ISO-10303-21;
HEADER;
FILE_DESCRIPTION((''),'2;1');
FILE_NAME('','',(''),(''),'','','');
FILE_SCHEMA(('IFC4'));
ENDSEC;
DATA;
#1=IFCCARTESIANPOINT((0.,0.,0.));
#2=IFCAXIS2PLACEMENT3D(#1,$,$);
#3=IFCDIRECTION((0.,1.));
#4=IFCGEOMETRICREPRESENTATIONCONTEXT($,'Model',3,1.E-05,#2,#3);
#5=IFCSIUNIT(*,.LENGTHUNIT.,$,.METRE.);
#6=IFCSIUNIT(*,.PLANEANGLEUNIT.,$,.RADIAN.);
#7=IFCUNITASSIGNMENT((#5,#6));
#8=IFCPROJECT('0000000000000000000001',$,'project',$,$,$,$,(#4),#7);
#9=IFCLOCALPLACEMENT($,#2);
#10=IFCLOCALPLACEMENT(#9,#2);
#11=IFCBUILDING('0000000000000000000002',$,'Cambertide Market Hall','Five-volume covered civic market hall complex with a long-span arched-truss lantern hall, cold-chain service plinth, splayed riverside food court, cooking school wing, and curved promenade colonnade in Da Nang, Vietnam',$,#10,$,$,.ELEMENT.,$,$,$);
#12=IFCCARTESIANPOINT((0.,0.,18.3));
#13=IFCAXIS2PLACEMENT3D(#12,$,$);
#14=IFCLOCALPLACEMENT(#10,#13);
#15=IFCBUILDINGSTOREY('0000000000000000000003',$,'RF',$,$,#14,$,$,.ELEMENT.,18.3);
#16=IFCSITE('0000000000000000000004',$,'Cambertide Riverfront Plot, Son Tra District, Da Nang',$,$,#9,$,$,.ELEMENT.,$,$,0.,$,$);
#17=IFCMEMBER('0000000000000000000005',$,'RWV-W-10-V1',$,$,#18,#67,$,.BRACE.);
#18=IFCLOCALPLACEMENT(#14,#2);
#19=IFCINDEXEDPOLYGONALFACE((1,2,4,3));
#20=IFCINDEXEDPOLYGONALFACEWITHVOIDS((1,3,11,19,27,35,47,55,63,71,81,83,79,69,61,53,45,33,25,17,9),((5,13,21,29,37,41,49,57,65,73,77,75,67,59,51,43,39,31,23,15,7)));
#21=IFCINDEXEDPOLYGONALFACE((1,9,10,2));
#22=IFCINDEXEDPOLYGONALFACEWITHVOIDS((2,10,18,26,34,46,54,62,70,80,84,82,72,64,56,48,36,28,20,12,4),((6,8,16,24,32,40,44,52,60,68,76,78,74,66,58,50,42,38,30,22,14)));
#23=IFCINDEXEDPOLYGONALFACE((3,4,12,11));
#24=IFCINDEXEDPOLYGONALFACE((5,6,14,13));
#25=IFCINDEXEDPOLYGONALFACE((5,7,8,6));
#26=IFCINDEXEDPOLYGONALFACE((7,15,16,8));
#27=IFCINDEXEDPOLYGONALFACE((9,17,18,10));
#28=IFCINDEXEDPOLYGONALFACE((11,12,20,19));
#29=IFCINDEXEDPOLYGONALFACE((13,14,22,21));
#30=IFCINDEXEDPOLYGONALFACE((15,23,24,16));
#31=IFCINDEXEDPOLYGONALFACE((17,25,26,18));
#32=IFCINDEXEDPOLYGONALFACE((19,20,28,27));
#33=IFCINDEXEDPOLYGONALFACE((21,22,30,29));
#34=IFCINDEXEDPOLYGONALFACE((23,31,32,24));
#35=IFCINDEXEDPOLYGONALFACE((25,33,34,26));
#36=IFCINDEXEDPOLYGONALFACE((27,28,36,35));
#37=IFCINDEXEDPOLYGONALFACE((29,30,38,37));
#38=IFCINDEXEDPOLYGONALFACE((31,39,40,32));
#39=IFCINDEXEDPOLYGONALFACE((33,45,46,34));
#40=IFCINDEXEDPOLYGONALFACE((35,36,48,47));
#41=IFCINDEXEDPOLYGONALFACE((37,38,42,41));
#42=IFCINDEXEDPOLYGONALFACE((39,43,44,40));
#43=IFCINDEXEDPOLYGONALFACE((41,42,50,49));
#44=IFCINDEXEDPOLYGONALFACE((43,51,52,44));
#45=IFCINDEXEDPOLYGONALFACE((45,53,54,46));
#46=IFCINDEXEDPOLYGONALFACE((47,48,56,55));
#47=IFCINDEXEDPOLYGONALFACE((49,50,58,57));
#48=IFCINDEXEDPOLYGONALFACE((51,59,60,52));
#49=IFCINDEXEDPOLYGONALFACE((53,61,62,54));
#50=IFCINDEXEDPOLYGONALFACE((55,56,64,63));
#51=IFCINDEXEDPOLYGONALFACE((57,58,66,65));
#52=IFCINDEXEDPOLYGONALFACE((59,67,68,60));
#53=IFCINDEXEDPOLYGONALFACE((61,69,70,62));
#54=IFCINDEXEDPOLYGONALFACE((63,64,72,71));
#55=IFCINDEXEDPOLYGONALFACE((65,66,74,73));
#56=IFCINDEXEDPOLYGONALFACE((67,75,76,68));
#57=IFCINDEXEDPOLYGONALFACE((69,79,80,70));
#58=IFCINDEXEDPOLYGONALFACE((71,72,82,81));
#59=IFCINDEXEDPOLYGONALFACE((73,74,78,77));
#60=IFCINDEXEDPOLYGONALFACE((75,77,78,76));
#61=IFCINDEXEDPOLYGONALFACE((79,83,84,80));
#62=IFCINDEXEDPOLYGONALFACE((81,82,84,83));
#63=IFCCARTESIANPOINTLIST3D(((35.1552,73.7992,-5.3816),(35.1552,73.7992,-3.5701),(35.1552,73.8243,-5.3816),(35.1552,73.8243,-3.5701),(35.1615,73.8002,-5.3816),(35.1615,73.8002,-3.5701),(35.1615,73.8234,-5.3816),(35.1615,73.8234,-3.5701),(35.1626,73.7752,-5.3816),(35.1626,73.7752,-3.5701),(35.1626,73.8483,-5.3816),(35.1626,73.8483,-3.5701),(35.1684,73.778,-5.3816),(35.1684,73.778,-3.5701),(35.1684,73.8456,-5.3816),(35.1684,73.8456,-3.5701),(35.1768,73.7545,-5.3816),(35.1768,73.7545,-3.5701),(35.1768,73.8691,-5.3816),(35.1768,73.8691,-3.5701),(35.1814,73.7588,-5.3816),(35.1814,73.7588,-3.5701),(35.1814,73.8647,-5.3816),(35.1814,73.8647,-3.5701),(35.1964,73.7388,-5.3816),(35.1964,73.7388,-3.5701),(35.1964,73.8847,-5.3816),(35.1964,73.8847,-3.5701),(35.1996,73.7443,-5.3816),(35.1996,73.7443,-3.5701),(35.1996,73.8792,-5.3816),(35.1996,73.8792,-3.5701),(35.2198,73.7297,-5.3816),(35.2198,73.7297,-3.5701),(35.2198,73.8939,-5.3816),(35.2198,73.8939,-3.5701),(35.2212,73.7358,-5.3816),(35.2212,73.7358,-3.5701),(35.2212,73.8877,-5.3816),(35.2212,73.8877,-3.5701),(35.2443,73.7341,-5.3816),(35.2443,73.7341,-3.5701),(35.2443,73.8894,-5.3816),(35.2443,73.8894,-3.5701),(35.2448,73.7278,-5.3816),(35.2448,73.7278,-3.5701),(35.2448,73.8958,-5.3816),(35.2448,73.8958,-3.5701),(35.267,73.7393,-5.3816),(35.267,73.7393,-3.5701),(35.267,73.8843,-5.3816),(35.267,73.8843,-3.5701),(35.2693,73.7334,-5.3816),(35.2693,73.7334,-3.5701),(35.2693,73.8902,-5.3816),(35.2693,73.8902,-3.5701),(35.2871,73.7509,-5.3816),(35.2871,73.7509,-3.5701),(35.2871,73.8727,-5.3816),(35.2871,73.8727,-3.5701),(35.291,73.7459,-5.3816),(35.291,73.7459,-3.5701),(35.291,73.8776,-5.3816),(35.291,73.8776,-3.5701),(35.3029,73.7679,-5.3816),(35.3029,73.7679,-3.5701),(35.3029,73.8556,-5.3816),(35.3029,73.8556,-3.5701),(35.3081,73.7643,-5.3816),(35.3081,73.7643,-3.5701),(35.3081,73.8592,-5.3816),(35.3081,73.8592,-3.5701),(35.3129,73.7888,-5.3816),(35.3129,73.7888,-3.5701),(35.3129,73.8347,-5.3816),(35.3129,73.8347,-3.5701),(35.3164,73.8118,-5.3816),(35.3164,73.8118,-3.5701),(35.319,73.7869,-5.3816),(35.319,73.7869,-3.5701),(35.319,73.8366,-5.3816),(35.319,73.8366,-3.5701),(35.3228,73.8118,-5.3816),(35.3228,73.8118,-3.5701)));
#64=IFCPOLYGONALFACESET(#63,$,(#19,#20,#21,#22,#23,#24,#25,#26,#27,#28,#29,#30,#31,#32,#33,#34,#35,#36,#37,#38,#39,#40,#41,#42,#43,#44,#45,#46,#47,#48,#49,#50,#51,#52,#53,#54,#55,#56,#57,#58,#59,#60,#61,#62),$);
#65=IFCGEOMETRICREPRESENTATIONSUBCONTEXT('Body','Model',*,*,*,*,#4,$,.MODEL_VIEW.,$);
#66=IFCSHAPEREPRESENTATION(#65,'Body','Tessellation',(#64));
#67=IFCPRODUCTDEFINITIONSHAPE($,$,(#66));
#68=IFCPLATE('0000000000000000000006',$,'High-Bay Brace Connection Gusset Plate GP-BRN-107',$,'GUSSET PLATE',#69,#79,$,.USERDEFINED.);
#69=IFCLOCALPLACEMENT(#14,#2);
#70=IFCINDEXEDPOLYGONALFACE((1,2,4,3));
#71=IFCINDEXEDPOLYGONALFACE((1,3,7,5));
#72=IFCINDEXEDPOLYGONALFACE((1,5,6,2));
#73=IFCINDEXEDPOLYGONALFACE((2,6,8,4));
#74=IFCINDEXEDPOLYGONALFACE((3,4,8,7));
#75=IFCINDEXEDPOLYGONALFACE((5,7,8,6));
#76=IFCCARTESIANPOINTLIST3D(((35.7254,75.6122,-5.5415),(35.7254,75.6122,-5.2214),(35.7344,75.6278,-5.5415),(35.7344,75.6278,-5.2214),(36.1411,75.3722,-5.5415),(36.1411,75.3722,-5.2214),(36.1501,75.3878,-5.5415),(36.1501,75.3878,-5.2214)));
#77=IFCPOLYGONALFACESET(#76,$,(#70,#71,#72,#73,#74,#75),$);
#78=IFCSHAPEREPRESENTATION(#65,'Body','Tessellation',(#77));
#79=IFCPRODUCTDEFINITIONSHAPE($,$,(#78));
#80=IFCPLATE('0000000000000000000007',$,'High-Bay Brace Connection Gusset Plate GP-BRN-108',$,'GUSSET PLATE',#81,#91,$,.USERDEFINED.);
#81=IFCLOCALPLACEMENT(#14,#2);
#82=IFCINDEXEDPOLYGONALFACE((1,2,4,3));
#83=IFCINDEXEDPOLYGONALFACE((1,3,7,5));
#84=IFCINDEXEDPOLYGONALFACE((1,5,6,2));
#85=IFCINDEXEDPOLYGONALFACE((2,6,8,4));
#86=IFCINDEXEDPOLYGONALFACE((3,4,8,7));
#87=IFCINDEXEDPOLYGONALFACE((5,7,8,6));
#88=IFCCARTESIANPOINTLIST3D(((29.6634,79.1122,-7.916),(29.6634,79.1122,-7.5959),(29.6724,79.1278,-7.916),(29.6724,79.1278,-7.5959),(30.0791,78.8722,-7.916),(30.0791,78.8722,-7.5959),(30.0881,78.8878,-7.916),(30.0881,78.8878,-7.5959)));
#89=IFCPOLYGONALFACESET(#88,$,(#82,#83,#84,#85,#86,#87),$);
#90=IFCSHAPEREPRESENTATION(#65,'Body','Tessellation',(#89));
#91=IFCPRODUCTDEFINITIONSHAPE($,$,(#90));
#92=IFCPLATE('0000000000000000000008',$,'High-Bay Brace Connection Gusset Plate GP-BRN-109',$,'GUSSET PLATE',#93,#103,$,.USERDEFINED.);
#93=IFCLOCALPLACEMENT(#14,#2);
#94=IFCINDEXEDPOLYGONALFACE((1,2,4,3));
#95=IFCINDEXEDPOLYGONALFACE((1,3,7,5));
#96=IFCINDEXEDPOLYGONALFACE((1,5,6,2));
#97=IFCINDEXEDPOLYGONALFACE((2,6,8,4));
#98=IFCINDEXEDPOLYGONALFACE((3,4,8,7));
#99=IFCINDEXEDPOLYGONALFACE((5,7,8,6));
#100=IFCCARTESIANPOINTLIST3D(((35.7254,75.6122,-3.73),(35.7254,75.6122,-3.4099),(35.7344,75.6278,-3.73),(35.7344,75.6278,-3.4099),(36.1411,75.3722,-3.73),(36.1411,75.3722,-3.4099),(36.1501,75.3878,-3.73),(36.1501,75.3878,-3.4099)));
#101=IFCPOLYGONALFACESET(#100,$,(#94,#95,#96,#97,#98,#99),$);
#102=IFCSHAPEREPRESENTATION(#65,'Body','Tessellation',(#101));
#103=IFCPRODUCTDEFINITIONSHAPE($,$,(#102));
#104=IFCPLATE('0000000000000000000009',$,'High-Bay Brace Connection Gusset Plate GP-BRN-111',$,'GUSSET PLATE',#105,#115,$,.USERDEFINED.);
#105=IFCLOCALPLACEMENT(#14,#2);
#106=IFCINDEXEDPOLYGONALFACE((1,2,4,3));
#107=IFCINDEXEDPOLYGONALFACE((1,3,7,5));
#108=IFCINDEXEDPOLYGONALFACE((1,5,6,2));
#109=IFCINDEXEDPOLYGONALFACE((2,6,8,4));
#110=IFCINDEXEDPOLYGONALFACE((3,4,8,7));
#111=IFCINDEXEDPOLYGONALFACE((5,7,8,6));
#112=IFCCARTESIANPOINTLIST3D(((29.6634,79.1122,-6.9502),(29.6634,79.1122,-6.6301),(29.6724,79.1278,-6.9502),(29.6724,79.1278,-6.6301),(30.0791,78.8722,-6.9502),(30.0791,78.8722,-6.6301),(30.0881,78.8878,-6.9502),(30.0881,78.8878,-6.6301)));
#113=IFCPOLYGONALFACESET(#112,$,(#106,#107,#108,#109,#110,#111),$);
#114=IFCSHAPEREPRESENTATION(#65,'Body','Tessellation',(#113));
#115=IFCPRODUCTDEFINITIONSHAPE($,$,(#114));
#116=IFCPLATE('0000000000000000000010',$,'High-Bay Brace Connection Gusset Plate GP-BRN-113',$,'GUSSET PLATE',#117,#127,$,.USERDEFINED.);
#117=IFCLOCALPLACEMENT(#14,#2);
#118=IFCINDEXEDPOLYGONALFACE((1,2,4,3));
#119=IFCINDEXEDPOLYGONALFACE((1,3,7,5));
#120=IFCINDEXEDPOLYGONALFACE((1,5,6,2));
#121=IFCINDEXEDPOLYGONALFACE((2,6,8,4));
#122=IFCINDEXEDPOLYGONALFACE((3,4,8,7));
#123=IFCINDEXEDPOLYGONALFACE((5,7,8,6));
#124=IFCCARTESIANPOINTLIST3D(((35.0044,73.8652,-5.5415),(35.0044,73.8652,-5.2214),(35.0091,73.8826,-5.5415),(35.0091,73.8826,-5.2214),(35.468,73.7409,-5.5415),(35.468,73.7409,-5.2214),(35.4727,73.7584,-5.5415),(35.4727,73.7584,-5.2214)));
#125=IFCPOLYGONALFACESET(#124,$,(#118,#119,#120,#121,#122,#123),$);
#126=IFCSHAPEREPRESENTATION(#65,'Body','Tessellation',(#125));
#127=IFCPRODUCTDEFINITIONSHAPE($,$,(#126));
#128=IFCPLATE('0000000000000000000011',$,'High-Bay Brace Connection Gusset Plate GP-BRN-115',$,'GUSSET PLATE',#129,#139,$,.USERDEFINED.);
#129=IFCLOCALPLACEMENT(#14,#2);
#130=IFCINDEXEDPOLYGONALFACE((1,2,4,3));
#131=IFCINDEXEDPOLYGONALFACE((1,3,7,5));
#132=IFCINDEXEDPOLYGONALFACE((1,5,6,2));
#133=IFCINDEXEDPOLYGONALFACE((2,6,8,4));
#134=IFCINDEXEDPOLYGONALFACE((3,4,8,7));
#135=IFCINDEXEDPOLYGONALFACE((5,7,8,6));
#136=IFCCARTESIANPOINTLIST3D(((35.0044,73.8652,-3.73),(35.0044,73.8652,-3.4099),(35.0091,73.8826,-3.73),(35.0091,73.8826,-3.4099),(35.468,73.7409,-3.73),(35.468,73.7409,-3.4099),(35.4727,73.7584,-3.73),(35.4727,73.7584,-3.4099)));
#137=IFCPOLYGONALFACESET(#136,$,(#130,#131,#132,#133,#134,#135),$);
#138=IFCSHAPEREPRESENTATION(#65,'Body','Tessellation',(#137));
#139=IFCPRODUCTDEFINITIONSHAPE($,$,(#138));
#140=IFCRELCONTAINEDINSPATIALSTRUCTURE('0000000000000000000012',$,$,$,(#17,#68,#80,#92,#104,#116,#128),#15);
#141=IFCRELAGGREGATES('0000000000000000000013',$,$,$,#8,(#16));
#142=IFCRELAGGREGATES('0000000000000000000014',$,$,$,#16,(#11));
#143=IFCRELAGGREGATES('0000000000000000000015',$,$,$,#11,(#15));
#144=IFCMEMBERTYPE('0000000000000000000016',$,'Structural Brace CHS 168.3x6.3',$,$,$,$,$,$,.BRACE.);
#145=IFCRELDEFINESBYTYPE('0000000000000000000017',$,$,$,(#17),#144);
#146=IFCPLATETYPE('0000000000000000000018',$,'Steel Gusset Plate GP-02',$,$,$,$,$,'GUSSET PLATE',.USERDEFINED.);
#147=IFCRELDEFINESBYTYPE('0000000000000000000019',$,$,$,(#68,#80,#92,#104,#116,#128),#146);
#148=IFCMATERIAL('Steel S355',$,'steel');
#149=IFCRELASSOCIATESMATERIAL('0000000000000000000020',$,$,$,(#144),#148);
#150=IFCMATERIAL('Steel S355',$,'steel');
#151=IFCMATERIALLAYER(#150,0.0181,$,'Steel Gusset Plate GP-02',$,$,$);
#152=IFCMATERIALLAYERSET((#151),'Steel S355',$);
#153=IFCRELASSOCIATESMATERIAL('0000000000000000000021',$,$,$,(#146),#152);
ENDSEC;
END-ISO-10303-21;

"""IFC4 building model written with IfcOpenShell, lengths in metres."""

from ifc_helpers import new_model, si_unit, direction, frame, origin, origin_2d, place, context, subcontext, project, spatial, rectangle, hollow_circle, extrude, material, layer, layer_set, material_profile, profile_set, type_object, element, save


model = new_model("IFC4")

# Units and contexts
model_context = context("Model", 3, precision=1e-05, world=origin(), true_north=direction((0.0, 1.0)))
body_context = subcontext(model_context, "Body", "Model", "MODEL_VIEW")
ifc_project = project(units=[si_unit("LENGTHUNIT", "METRE"), si_unit("PLANEANGLEUNIT", "RADIAN")], contexts=[model_context])

# Site, building, storey
site_placement = place(None, origin())
site = spatial("IfcSite", under=ifc_project, at=site_placement, Name="Cambertide Riverfront Plot, Son Tra District, Da Nang", CompositionType="ELEMENT", RefElevation=0.0)
building_placement = place(site_placement, origin())
building = spatial("IfcBuilding", under=site, at=building_placement, Name="Cambertide Market Hall", Description="Five-volume covered civic market hall complex with a long-span arched-truss lantern hall, cold-chain service plinth, splayed riverside food court, cooking school wing, and curved promenade colonnade in Da Nang, Vietnam", CompositionType="ELEMENT")
storey_placement = place(building_placement, frame((0.0, 0.0, 18.3)))
storey = spatial("IfcBuildingStorey", under=building, at=storey_placement, Name="RF", CompositionType="ELEMENT", Elevation=18.3)

# Member
ifc_material_1 = material(Name="Steel S355", Category="steel")
ifc_material_profile_1 = material_profile(ifc_material_1, hollow_circle(Radius=0.0842, WallThickness=0.0063, at=origin_2d()), Name="CHS 168.3x6.3")
ifc_profile_set_1 = profile_set([ifc_material_profile_1], Name="Steel S355")
member_type_1 = type_object("IfcMemberType", Name="Structural Brace CHS 168.3x6.3", PredefinedType="BRACE", material=ifc_profile_set_1)
member_1_placement = place(storey_placement, frame((35.2385, 73.8118, -5.3816), z_axis=(0.0, 0.0, 1.0), x_axis=(1.0, 0.0, 0.0)))
element("IfcMember", 1, at=member_1_placement, inside=storey, type_object=member_type_1, Name="RWV-W-10-V1", PredefinedType="BRACE", context=body_context, shape_type="SweptSolid", body=[
    extrude(hollow_circle(Radius=0.0842, WallThickness=0.0063, at=origin_2d()), origin(), (0.0, 0.0, 1.0), 1.8115),
])

# Plates
ifc_material_2 = material(Name="Steel S355", Category="steel")
ifc_layer = layer(ifc_material_2, 0.0181, Name="Steel Gusset Plate GP-02")
ifc_layer_set = layer_set([ifc_layer], Name="Steel S355")
plate_type = type_object("IfcPlateType", Name="Steel Gusset Plate GP-02", ElementType="GUSSET PLATE", PredefinedType="USERDEFINED", material=ifc_layer_set)
for number, where, z_axis, x_axis, name in (
    (2, (35.9377, 75.5, -5.5415), (0.0, 0.0, 1.0), (0.866025, -0.5, 0.0), "High-Bay Brace Connection Gusset Plate GP-BRN-107"),
    (3, (29.8757, 79.0, -7.916), (0.0, 0.0, 1.0), (0.866025, -0.5, 0.0), "High-Bay Brace Connection Gusset Plate GP-BRN-108"),
    (4, (35.9377, 75.5, -3.73), (0.0, 0.0, 1.0), (0.866025, -0.5, 0.0), "High-Bay Brace Connection Gusset Plate GP-BRN-109"),
    (5, (29.8757, 79.0, -6.9502), (0.0, 0.0, 1.0), (0.866025, -0.5, 0.0), "High-Bay Brace Connection Gusset Plate GP-BRN-111"),
    (6, (35.2385, 73.8118, -5.5415), (0.0, 0.0, 1.0), (0.965926, -0.258819, 0.0), "High-Bay Brace Connection Gusset Plate GP-BRN-113"),
    (7, (35.2385, 73.8118, -3.73), (0.0, 0.0, 1.0), (0.965926, -0.258819, 0.0), "High-Bay Brace Connection Gusset Plate GP-BRN-115"),
):
    element("IfcPlate", number, at=place(storey_placement, frame(where, z_axis=z_axis, x_axis=x_axis)), inside=storey, type_object=plate_type, Name=name, ObjectType="GUSSET PLATE", PredefinedType="USERDEFINED", context=body_context, shape_type="SweptSolid", body=[
        extrude(rectangle(XDim=0.48, YDim=0.0181, at=origin_2d()), origin(), (0.0, 0.0, 1.0), 0.3201),
    ])

save(model, "model.ifc")
